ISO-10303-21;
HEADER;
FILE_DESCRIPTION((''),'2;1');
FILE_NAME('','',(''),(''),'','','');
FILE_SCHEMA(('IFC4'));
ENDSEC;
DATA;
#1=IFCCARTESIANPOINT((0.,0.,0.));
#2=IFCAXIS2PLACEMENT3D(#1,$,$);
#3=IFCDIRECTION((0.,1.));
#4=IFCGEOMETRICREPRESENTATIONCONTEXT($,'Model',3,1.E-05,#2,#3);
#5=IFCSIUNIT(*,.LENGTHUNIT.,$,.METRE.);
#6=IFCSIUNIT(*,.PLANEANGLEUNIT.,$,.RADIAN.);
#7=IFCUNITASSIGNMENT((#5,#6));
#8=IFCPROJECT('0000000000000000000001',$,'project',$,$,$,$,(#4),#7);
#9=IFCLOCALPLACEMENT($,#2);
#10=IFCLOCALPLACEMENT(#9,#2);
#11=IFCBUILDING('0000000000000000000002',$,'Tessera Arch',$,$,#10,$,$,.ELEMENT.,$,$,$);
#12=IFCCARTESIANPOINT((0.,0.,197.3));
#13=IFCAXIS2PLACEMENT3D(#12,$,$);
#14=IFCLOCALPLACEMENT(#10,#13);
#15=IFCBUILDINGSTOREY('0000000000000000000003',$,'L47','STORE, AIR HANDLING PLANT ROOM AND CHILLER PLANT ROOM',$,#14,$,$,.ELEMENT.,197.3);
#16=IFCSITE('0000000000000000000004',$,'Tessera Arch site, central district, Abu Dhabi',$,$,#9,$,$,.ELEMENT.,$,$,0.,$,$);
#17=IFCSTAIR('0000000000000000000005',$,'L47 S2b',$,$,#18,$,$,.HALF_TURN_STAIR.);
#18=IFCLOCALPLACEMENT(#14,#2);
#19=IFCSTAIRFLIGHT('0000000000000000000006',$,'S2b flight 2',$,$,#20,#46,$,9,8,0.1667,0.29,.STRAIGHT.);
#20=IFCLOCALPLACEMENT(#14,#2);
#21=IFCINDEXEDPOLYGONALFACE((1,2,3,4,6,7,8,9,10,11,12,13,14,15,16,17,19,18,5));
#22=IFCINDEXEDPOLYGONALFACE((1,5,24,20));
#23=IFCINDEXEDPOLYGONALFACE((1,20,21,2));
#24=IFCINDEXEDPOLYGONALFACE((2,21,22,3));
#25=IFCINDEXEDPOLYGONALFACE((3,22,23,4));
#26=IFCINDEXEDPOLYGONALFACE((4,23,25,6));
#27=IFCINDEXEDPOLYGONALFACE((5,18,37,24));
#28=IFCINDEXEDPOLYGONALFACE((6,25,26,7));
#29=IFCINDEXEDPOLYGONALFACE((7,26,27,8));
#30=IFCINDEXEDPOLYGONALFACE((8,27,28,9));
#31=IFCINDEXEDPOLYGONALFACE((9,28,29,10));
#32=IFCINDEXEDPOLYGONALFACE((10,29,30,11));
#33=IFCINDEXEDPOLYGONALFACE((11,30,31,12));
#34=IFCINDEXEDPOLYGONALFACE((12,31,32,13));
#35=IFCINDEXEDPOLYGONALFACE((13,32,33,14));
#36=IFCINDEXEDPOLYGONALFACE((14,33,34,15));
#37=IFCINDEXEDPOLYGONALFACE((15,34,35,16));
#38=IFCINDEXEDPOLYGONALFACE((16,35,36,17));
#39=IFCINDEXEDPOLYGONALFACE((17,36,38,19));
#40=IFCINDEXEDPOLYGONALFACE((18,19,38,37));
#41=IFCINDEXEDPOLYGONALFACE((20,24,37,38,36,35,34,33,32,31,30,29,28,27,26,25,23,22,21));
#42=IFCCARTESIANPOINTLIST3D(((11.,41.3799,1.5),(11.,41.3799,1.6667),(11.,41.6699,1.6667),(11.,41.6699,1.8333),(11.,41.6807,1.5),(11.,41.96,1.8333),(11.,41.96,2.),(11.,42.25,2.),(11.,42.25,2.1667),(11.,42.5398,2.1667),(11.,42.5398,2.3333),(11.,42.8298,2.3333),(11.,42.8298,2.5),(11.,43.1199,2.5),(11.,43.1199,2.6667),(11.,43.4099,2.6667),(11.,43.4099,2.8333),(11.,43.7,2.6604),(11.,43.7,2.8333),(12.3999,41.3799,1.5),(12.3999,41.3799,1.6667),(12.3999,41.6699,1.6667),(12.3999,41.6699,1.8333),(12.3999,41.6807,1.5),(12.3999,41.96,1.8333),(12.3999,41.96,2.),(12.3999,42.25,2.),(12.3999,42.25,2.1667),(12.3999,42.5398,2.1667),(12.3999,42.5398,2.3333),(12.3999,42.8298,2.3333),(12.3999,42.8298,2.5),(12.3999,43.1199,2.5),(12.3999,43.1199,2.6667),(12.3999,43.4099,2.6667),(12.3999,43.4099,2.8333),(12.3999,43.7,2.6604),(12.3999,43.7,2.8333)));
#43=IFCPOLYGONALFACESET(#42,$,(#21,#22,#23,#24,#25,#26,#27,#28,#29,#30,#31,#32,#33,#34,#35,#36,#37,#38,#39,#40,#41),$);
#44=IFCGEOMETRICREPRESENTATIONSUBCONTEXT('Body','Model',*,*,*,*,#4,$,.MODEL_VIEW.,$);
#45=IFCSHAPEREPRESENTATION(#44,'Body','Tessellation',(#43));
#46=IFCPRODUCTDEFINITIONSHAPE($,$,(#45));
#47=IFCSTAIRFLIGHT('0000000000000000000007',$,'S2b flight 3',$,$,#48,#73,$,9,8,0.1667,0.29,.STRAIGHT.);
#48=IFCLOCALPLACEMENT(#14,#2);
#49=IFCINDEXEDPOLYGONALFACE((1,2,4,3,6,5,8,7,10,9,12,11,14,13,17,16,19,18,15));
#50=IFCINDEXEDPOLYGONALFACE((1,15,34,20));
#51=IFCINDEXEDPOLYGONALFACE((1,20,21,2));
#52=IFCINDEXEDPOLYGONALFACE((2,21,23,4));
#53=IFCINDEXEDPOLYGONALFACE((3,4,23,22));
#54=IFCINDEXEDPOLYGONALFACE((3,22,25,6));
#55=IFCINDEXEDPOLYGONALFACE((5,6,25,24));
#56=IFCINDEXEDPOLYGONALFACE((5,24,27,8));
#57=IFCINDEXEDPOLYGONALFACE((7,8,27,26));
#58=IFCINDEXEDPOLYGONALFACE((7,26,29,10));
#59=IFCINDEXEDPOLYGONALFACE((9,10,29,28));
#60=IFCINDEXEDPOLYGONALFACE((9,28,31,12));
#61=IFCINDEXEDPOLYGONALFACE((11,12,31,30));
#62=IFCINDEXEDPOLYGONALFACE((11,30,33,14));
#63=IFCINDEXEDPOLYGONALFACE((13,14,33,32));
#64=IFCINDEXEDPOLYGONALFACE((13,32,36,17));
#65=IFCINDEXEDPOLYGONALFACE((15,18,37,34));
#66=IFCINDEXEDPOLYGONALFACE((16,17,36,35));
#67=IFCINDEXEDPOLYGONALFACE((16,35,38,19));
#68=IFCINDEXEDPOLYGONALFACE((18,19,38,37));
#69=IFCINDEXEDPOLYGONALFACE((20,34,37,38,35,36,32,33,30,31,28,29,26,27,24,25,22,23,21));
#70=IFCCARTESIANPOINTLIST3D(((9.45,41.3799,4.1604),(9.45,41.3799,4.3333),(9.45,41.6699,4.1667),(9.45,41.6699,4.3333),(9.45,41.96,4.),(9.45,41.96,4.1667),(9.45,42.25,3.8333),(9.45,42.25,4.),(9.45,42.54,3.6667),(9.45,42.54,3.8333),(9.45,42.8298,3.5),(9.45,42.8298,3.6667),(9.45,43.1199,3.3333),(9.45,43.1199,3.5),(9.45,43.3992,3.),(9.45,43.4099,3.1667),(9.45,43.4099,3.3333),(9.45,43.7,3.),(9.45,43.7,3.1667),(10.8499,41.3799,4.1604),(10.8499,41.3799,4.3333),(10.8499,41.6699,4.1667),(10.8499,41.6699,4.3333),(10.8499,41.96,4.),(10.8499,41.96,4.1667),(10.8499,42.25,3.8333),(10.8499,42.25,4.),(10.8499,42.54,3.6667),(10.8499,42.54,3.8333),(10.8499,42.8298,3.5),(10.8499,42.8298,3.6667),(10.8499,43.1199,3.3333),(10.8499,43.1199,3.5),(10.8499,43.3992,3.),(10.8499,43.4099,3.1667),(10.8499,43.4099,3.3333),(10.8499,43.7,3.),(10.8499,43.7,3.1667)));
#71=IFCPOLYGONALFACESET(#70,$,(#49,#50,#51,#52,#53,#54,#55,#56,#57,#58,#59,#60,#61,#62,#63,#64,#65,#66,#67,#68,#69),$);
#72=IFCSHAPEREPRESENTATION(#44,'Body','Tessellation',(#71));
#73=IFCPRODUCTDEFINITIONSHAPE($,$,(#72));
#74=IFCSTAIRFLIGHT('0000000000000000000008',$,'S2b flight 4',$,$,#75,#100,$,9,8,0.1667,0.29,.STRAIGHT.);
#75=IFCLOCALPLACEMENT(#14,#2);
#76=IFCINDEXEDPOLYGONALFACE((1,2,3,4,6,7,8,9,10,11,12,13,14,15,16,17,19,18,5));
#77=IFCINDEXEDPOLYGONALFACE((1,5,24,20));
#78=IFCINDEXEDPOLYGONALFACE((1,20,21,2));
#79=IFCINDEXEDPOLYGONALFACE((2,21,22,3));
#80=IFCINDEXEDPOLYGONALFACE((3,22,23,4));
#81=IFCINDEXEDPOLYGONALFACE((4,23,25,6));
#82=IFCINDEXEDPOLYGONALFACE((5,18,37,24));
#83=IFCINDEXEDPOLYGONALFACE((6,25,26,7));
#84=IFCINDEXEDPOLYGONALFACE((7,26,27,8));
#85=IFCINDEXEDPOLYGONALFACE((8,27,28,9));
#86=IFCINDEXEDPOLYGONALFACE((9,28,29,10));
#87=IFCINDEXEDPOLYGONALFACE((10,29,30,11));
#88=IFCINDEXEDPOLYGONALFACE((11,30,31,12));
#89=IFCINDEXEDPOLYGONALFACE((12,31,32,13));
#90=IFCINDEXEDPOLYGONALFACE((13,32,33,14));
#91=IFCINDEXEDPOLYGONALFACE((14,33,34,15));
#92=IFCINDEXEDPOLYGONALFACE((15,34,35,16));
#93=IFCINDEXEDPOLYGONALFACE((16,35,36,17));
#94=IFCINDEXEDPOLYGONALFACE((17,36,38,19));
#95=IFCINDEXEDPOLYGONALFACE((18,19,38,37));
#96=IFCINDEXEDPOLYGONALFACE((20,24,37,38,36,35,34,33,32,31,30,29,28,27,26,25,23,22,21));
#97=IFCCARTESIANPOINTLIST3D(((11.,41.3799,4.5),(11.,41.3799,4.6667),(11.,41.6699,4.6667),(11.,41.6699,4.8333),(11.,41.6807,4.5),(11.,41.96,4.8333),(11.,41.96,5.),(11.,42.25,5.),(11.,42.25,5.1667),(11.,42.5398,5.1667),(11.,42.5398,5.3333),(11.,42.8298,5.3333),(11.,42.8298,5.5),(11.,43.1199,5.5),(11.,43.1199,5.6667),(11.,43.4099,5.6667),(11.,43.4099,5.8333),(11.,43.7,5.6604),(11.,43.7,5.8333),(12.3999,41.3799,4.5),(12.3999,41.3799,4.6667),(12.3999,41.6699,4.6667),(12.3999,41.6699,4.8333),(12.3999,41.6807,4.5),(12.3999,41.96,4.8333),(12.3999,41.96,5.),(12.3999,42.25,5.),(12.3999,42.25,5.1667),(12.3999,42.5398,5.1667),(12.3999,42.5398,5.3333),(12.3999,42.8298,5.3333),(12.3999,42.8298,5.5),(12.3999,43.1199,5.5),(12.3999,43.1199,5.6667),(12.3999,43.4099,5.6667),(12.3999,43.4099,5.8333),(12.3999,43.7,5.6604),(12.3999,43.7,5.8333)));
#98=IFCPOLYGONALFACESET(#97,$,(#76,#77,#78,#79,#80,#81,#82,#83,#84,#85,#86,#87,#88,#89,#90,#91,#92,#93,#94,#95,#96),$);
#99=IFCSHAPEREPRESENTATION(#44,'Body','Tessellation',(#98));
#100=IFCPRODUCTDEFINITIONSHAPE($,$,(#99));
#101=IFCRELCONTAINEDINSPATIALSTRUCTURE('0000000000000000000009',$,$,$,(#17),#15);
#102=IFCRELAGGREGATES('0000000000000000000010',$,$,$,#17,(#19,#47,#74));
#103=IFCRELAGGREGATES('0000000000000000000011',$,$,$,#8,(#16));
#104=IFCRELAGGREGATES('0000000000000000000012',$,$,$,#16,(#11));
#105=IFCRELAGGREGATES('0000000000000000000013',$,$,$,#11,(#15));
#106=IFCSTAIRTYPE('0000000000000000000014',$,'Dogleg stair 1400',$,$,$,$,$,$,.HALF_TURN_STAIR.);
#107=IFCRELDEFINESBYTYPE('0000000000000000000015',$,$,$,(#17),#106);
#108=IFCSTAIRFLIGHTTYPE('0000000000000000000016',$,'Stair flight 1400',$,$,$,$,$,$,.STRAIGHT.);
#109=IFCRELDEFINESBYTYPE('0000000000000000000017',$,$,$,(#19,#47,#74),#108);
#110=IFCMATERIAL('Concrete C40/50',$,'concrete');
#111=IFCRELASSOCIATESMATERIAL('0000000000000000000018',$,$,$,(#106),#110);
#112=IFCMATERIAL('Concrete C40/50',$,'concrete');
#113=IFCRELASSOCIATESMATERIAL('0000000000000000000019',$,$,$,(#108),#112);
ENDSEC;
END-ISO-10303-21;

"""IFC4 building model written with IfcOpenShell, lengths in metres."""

from ifc_helpers import new_model, si_unit, direction, frame, origin, place, context, subcontext, project, spatial, polyline, outline, extrude, material, type_object, element, aggregate, save


model = new_model("IFC4")

# Units and contexts
model_context = context("Model", 3, precision=1e-05, world=origin(), true_north=direction((0.0, 1.0)))
body_context = subcontext(model_context, "Body", "Model", "MODEL_VIEW")
ifc_project = project(units=[si_unit("LENGTHUNIT", "METRE"), si_unit("PLANEANGLEUNIT", "RADIAN")], contexts=[model_context])

# Site, building, storey
site_placement = place(None, origin())
site = spatial("IfcSite", under=ifc_project, at=site_placement, Name="Tessera Arch site, central district, Abu Dhabi", CompositionType="ELEMENT", RefElevation=0.0)
building_placement = place(site_placement, origin())
building = spatial("IfcBuilding", under=site, at=building_placement, Name="Tessera Arch", CompositionType="ELEMENT")
storey_placement = place(building_placement, frame((0.0, 0.0, 197.3)))
storey = spatial("IfcBuildingStorey", under=building, at=storey_placement, Name="L47", Description="STORE, AIR HANDLING PLANT ROOM AND CHILLER PLANT ROOM", CompositionType="ELEMENT", Elevation=197.3)

# Stair, stair flights
ifc_material_1 = material(Name="Concrete C40/50", Category="concrete")
stair_type = type_object("IfcStairType", Name="Dogleg stair 1400", PredefinedType="HALF_TURN_STAIR", material=ifc_material_1)
stair_placement = place(storey_placement, origin())
stair = element("IfcStair", 1, at=stair_placement, inside=storey, type_object=stair_type, Name="L47 S2b", PredefinedType="HALF_TURN_STAIR")
ifc_material_2 = material(Name="Concrete C40/50", Category="concrete")
stair_flight_type = type_object("IfcStairFlightType", Name="Stair flight 1400", PredefinedType="STRAIGHT", material=ifc_material_2)
stair_flight_1_placement = place(storey_placement, frame((11.7, 41.3799, 1.5), z_axis=(0.0, 0.0, 1.0), x_axis=(0.0, 1.0, 0.0)))
stair_flight_1 = element("IfcStairFlight", 2, at=stair_flight_1_placement, type_object=stair_flight_type, Name="S2b flight 2", NumberOfRisers=9, NumberOfTreads=8, PredefinedType="STRAIGHT", RiserHeight=0.1667, TreadLength=0.29, context=body_context, shape_type="SweptSolid", body=[
    extrude(outline(polyline([(0.0, 0.0), (0.0, 0.1667), (0.29, 0.1667), (0.29, 0.3333), (0.5801, 0.3333), (0.5801, 0.5), (0.8701, 0.5), (0.8701, 0.6667), (1.1599, 0.6667), (1.1599, 0.8333), (1.45, 0.8333), (1.45, 1.0), (1.74, 1.0), (1.74, 1.1667), (2.03, 1.1667), (2.03, 1.3333), (2.3201, 1.3333), (2.3201, 1.5), (2.3201, 1.1604), (0.3008, 0.0), (0.0, 0.0)])), frame((0.0, 0.7, 0.0), z_axis=(0.0, -1.0, 0.0), x_axis=(1.0, 0.0, 0.0)), (0.0, 0.0, 1.0), 1.3999),
])
stair_flight_2_placement = place(storey_placement, frame((10.1499, 43.7, 3.0), z_axis=(0.0, 0.0, 1.0), x_axis=(0.0, -1.0, 0.0)))
stair_flight_2 = element("IfcStairFlight", 3, at=stair_flight_2_placement, type_object=stair_flight_type, Name="S2b flight 3", NumberOfRisers=9, NumberOfTreads=8, PredefinedType="STRAIGHT", RiserHeight=0.1667, TreadLength=0.29, context=body_context, shape_type="SweptSolid", body=[
    extrude(outline(polyline([(0.0, 0.0), (0.0, 0.1667), (0.29, 0.1667), (0.29, 0.3333), (0.5801, 0.3333), (0.5801, 0.5), (0.8701, 0.5), (0.8701, 0.6667), (1.1599, 0.6667), (1.1599, 0.8333), (1.45, 0.8333), (1.45, 1.0), (1.74, 1.0), (1.74, 1.1667), (2.03, 1.1667), (2.03, 1.3333), (2.3201, 1.3333), (2.3201, 1.5), (2.3201, 1.1604), (0.3008, 0.0), (0.0, 0.0)])), frame((0.0, 0.7, 0.0), z_axis=(0.0, -1.0, 0.0), x_axis=(1.0, 0.0, 0.0)), (0.0, 0.0, 1.0), 1.3999),
])
stair_flight_3_placement = place(storey_placement, frame((11.7, 41.3799, 4.5), z_axis=(0.0, 0.0, 1.0), x_axis=(0.0, 1.0, 0.0)))
stair_flight_3 = element("IfcStairFlight", 4, at=stair_flight_3_placement, type_object=stair_flight_type, Name="S2b flight 4", NumberOfRisers=9, NumberOfTreads=8, PredefinedType="STRAIGHT", RiserHeight=0.1667, TreadLength=0.29, context=body_context, shape_type="SweptSolid", body=[
    extrude(outline(polyline([(0.0, 0.0), (0.0, 0.1667), (0.29, 0.1667), (0.29, 0.3333), (0.5801, 0.3333), (0.5801, 0.5), (0.8701, 0.5), (0.8701, 0.6667), (1.1599, 0.6667), (1.1599, 0.8333), (1.45, 0.8333), (1.45, 1.0), (1.74, 1.0), (1.74, 1.1667), (2.03, 1.1667), (2.03, 1.3333), (2.3201, 1.3333), (2.3201, 1.5), (2.3201, 1.1604), (0.3008, 0.0), (0.0, 0.0)])), frame((0.0, 0.7, 0.0), z_axis=(0.0, -1.0, 0.0), x_axis=(1.0, 0.0, 0.0)), (0.0, 0.0, 1.0), 1.3999),
])
aggregate(stair, [stair_flight_1, stair_flight_2, stair_flight_3])

save(model, "model.ifc")
